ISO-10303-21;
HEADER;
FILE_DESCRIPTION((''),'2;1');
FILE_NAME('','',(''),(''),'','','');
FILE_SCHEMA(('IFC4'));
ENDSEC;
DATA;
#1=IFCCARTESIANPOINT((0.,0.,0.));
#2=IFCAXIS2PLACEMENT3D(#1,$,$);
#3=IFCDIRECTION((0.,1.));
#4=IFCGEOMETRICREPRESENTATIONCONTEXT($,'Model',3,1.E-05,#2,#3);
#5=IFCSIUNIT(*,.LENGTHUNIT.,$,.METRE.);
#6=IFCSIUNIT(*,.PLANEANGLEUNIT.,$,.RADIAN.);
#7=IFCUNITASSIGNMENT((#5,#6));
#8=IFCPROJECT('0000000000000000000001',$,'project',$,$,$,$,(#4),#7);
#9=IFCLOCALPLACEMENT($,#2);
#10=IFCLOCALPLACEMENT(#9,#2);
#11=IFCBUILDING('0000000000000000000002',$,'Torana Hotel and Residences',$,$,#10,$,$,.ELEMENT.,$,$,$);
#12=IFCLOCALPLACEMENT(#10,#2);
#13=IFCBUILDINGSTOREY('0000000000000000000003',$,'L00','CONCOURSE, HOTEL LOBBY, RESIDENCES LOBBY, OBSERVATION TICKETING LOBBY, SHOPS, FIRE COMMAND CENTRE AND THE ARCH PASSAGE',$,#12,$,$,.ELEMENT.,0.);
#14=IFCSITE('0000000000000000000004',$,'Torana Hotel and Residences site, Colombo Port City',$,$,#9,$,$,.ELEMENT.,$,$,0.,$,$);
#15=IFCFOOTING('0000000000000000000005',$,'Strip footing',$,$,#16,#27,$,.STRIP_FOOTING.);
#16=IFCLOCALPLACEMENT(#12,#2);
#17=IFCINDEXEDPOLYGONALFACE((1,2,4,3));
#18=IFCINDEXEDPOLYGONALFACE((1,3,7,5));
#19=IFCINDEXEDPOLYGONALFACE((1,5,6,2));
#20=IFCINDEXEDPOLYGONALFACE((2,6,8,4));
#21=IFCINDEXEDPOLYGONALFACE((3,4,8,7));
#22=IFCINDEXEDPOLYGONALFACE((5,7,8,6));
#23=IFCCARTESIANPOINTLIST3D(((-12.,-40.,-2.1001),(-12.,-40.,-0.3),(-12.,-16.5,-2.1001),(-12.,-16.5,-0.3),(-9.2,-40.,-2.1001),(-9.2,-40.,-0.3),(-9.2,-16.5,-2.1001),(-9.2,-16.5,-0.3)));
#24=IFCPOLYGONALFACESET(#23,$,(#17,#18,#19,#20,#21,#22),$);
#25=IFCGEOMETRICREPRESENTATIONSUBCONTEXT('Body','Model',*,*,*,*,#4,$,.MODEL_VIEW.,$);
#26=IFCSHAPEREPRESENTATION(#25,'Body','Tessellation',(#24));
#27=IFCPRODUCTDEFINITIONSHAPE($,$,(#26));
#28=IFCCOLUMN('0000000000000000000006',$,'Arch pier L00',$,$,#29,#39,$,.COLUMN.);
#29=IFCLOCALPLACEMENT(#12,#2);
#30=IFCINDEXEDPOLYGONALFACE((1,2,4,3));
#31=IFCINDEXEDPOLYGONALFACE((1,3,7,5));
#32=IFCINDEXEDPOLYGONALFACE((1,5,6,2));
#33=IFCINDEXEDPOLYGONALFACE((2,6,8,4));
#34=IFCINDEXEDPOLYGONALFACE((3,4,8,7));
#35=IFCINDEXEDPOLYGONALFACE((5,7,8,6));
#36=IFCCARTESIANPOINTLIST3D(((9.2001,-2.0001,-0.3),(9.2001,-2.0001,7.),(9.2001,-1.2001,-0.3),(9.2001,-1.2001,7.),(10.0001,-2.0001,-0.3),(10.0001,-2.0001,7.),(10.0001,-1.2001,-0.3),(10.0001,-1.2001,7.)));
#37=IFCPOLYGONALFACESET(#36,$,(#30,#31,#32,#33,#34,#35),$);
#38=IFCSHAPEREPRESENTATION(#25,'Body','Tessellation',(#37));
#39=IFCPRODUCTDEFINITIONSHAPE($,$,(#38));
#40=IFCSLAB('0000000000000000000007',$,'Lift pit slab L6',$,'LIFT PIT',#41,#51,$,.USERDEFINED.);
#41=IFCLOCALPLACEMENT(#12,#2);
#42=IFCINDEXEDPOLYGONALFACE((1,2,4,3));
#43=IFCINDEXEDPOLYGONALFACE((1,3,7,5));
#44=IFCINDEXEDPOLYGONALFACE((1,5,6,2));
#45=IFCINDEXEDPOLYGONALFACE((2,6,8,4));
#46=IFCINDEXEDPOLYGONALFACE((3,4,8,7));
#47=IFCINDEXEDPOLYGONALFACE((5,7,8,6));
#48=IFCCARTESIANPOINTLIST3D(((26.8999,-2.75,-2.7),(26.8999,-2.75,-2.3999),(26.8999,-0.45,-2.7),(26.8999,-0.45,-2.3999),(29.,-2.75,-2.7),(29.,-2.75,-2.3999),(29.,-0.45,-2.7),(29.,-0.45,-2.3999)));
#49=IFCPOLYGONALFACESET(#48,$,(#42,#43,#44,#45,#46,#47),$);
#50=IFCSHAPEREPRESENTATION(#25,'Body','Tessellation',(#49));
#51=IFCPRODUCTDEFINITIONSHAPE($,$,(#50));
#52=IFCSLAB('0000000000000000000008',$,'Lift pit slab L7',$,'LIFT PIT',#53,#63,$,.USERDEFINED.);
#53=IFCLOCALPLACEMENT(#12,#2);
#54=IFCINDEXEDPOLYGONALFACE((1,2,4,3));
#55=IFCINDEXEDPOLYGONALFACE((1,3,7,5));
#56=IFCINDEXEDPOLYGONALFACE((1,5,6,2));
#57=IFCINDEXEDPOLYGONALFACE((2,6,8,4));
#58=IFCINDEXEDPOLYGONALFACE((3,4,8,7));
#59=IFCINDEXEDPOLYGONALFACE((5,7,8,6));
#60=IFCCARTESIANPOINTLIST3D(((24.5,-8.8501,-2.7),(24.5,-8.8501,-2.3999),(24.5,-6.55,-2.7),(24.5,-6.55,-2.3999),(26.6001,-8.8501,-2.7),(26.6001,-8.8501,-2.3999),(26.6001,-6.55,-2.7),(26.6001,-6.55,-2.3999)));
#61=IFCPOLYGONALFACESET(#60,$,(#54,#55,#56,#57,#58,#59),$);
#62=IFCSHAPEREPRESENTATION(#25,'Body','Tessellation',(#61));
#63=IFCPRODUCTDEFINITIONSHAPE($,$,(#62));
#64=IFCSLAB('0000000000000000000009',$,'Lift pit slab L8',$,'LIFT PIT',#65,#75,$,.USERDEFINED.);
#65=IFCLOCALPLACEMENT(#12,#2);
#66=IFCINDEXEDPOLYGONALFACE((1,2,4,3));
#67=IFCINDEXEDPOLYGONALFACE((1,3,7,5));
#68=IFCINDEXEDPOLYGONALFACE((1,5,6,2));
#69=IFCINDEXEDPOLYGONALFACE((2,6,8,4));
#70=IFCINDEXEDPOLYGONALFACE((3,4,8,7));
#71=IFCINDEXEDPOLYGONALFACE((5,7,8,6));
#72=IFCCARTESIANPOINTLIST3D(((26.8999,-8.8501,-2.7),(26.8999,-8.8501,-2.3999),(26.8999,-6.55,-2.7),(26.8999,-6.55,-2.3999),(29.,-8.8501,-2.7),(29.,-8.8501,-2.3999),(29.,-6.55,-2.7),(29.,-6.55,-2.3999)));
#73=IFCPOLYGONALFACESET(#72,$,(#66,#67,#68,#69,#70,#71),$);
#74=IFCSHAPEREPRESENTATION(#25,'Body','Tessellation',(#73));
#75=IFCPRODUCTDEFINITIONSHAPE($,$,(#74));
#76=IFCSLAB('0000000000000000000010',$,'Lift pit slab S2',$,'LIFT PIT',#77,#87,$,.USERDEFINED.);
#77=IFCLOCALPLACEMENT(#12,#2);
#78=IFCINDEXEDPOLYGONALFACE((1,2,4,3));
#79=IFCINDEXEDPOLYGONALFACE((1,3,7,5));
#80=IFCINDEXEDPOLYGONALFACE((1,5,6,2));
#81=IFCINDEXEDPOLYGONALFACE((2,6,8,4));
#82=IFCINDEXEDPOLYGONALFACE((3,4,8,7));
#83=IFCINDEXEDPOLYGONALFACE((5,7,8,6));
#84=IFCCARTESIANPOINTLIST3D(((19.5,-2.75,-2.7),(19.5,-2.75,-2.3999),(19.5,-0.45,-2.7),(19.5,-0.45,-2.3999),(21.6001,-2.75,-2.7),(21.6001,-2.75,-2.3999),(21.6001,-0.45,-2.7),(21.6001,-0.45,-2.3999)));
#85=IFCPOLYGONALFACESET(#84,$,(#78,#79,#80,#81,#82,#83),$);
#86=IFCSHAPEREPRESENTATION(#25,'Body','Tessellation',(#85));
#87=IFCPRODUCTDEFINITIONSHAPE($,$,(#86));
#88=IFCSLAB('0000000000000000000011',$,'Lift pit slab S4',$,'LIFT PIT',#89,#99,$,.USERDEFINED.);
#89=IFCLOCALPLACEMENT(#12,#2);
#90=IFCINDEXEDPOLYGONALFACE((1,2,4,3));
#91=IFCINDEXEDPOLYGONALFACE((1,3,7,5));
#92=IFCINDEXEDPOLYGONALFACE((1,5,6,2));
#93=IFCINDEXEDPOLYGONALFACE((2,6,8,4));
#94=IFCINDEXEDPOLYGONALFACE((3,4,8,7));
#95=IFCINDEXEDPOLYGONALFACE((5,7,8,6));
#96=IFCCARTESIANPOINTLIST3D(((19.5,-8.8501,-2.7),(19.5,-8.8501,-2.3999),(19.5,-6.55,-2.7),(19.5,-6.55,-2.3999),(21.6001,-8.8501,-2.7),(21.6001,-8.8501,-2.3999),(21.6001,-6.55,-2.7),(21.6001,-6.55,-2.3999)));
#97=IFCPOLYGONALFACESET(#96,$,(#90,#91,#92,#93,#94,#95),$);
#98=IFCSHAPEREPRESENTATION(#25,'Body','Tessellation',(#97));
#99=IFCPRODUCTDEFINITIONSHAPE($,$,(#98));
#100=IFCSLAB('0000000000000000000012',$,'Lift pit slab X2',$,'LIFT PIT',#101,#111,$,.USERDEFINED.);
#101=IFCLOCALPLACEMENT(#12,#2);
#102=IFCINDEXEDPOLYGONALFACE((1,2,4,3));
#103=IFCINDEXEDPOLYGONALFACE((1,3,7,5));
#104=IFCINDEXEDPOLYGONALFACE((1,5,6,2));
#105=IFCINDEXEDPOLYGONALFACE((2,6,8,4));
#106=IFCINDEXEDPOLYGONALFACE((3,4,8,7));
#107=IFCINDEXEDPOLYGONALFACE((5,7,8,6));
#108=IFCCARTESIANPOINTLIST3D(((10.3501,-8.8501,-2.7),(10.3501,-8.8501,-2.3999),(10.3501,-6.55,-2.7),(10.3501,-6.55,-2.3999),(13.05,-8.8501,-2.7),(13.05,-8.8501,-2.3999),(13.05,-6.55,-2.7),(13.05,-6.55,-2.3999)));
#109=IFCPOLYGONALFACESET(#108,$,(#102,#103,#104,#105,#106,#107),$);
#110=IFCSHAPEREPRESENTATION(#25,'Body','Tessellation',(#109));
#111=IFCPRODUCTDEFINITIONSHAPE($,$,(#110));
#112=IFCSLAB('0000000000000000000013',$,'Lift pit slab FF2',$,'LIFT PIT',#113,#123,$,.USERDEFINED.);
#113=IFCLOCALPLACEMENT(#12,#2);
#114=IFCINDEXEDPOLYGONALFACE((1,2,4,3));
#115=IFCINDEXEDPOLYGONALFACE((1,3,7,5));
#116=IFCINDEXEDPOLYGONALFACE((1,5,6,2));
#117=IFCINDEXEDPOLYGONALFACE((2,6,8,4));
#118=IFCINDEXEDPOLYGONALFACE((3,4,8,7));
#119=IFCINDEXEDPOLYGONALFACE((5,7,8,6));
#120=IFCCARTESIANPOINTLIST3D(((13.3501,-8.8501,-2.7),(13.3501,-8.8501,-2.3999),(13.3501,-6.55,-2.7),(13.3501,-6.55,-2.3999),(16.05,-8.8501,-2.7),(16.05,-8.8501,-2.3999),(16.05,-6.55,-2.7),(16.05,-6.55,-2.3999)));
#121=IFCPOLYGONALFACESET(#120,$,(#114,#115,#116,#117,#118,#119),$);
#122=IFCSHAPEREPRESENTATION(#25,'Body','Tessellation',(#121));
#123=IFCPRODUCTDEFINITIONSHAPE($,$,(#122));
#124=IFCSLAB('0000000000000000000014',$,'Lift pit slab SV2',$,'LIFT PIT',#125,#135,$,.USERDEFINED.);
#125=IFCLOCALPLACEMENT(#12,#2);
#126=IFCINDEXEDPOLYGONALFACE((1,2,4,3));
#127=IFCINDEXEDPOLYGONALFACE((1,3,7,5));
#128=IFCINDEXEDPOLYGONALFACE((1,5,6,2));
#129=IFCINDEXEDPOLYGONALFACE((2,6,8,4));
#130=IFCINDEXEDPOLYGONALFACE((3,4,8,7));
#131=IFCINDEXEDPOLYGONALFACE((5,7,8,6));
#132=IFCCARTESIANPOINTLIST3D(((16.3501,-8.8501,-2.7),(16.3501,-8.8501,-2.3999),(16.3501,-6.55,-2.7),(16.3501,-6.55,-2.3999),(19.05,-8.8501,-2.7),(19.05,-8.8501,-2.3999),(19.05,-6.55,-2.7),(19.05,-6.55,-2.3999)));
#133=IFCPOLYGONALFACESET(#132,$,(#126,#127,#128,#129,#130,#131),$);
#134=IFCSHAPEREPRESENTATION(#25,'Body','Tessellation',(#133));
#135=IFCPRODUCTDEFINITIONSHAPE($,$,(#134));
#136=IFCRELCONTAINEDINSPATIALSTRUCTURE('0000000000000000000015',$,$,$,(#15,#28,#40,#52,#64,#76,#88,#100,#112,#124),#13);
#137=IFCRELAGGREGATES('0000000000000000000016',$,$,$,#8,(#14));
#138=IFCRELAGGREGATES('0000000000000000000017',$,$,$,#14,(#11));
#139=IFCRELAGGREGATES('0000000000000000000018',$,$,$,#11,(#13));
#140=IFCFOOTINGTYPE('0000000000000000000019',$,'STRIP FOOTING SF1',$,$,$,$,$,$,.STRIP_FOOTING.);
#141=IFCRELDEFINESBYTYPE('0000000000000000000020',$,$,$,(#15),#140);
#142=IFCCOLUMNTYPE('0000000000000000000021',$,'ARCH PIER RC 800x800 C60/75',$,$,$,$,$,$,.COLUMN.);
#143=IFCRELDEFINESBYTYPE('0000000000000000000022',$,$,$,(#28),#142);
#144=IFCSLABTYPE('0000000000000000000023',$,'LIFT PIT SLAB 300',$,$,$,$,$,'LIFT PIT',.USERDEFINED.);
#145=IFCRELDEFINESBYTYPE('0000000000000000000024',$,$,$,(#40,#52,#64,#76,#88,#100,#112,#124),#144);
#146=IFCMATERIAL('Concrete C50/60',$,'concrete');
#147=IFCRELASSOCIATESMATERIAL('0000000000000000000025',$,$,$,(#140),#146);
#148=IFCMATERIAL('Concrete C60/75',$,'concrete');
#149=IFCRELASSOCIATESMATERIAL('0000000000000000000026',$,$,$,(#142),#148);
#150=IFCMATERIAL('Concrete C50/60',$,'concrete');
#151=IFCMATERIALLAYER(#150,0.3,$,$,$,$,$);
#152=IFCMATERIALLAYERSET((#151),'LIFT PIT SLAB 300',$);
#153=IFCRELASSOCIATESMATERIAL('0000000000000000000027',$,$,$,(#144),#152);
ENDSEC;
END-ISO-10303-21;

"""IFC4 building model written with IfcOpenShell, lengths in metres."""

from ifc_helpers import new_model, si_unit, direction, frame, origin, origin_2d, place, context, subcontext, project, spatial, polyline, rectangle, outline, extrude, material, layer, layer_set, material_profile, profile_set, type_object, element, save


model = new_model("IFC4")

# Units and contexts
model_context = context("Model", 3, precision=1e-05, world=origin(), true_north=direction((0.0, 1.0)))
body_context = subcontext(model_context, "Body", "Model", "MODEL_VIEW")
ifc_project = project(units=[si_unit("LENGTHUNIT", "METRE"), si_unit("PLANEANGLEUNIT", "RADIAN")], contexts=[model_context])

# Site, building, storey
site_placement = place(None, origin())
site = spatial("IfcSite", under=ifc_project, at=site_placement, Name="Torana Hotel and Residences site, Colombo Port City", CompositionType="ELEMENT", RefElevation=0.0)
building_placement = place(site_placement, origin())
building = spatial("IfcBuilding", under=site, at=building_placement, Name="Torana Hotel and Residences", CompositionType="ELEMENT")
storey_placement = place(building_placement, origin())
storey = spatial("IfcBuildingStorey", under=building, at=storey_placement, Name="L00", Description="CONCOURSE, HOTEL LOBBY, RESIDENCES LOBBY, OBSERVATION TICKETING LOBBY, SHOPS, FIRE COMMAND CENTRE AND THE ARCH PASSAGE", CompositionType="ELEMENT", Elevation=0.0)

# Footing
ifc_material_1 = material(Name="Concrete C50/60", Category="concrete")
footing_type = type_object("IfcFootingType", Name="STRIP FOOTING SF1", PredefinedType="STRIP_FOOTING", material=ifc_material_1)
footing_placement = place(storey_placement, frame((0.0, 0.0, -2.1001)))
element("IfcFooting", 1, at=footing_placement, inside=storey, type_object=footing_type, Name="Strip footing", PredefinedType="STRIP_FOOTING", context=body_context, shape_type="SweptSolid", body=[
    extrude(outline(polyline([(-12.0, -40.0), (-9.2, -40.0), (-9.2, -16.5), (-12.0, -16.5), (-12.0, -40.0)])), origin(), (0.0, 0.0, 1.0), 1.8),
])

# Column
ifc_material_2 = material(Name="Concrete C60/75", Category="concrete")
ifc_material_profile = material_profile(ifc_material_2, rectangle(XDim=0.8, YDim=0.8, at=origin_2d()), Name="RC 800x800")
ifc_profile_set = profile_set([ifc_material_profile], Name="Concrete C60/75")
column_type = type_object("IfcColumnType", Name="ARCH PIER RC 800x800 C60/75", PredefinedType="COLUMN", material=ifc_profile_set)
column_placement = place(storey_placement, frame((9.6001, -1.6001, -0.3), z_axis=(0.0, 0.0, 1.0), x_axis=(1.0, 0.0, 0.0)))
element("IfcColumn", 2, at=column_placement, inside=storey, type_object=column_type, Name="Arch pier L00", PredefinedType="COLUMN", context=body_context, shape_type="SweptSolid", body=[
    extrude(rectangle(XDim=0.8, YDim=0.8, at=origin_2d()), origin(), (0.0, 0.0, 1.0), 7.3),
])

# Slabs
ifc_material_3 = material(Name="Concrete C50/60", Category="concrete")
ifc_layer_1 = layer(ifc_material_3, 0.3)
ifc_layer_set_1 = layer_set([ifc_layer_1], Name="LIFT PIT SLAB 300")
slab_type = type_object("IfcSlabType", Name="LIFT PIT SLAB 300", ElementType="LIFT PIT", PredefinedType="USERDEFINED", material=ifc_layer_set_1)
slab_1_placement = place(storey_placement, frame((0.0, 0.0, -2.7)))
element("IfcSlab", 3, at=slab_1_placement, inside=storey, type_object=slab_type, Name="Lift pit slab L6", ObjectType="LIFT PIT", PredefinedType="USERDEFINED", context=body_context, shape_type="SweptSolid", body=[
    extrude(outline(polyline([(26.8999, -2.75), (29.0, -2.75), (29.0, -0.45), (26.8999, -0.45), (26.8999, -2.75)])), origin(), (0.0, 0.0, 1.0), 0.3),
])
slab_2_placement = place(storey_placement, frame((0.0, 0.0, -2.7)))
element("IfcSlab", 4, at=slab_2_placement, inside=storey, type_object=slab_type, Name="Lift pit slab L7", ObjectType="LIFT PIT", PredefinedType="USERDEFINED", context=body_context, shape_type="SweptSolid", body=[
    extrude(outline(polyline([(24.5, -8.8501), (26.6001, -8.8501), (26.6001, -6.55), (24.5, -6.55), (24.5, -8.8501)])), origin(), (0.0, 0.0, 1.0), 0.3),
])
slab_3_placement = place(storey_placement, frame((0.0, 0.0, -2.7)))
element("IfcSlab", 5, at=slab_3_placement, inside=storey, type_object=slab_type, Name="Lift pit slab L8", ObjectType="LIFT PIT", PredefinedType="USERDEFINED", context=body_context, shape_type="SweptSolid", body=[
    extrude(outline(polyline([(26.8999, -8.8501), (29.0, -8.8501), (29.0, -6.55), (26.8999, -6.55), (26.8999, -8.8501)])), origin(), (0.0, 0.0, 1.0), 0.3),
])
slab_4_placement = place(storey_placement, frame((0.0, 0.0, -2.7)))
element("IfcSlab", 6, at=slab_4_placement, inside=storey, type_object=slab_type, Name="Lift pit slab S2", ObjectType="LIFT PIT", PredefinedType="USERDEFINED", context=body_context, shape_type="SweptSolid", body=[
    extrude(outline(polyline([(19.5, -2.75), (21.6001, -2.75), (21.6001, -0.45), (19.5, -0.45), (19.5, -2.75)])), origin(), (0.0, 0.0, 1.0), 0.3),
])
slab_5_placement = place(storey_placement, frame((0.0, 0.0, -2.7)))
element("IfcSlab", 7, at=slab_5_placement, inside=storey, type_object=slab_type, Name="Lift pit slab S4", ObjectType="LIFT PIT", PredefinedType="USERDEFINED", context=body_context, shape_type="SweptSolid", body=[
    extrude(outline(polyline([(19.5, -8.8501), (21.6001, -8.8501), (21.6001, -6.55), (19.5, -6.55), (19.5, -8.8501)])), origin(), (0.0, 0.0, 1.0), 0.3),
])
slab_6_placement = place(storey_placement, frame((0.0, 0.0, -2.7)))
element("IfcSlab", 8, at=slab_6_placement, inside=storey, type_object=slab_type, Name="Lift pit slab X2", ObjectType="LIFT PIT", PredefinedType="USERDEFINED", context=body_context, shape_type="SweptSolid", body=[
    extrude(outline(polyline([(10.3501, -8.8501), (13.05, -8.8501), (13.05, -6.55), (10.3501, -6.55), (10.3501, -8.8501)])), origin(), (0.0, 0.0, 1.0), 0.3),
])
slab_7_placement = place(storey_placement, frame((0.0, 0.0, -2.7)))
element("IfcSlab", 9, at=slab_7_placement, inside=storey, type_object=slab_type, Name="Lift pit slab FF2", ObjectType="LIFT PIT", PredefinedType="USERDEFINED", context=body_context, shape_type="SweptSolid", body=[
    extrude(outline(polyline([(13.3501, -8.8501), (16.05, -8.8501), (16.05, -6.55), (13.3501, -6.55), (13.3501, -8.8501)])), origin(), (0.0, 0.0, 1.0), 0.3),
])
slab_8_placement = place(storey_placement, frame((0.0, 0.0, -2.7)))
element("IfcSlab", 10, at=slab_8_placement, inside=storey, type_object=slab_type, Name="Lift pit slab SV2", ObjectType="LIFT PIT", PredefinedType="USERDEFINED", context=body_context, shape_type="SweptSolid", body=[
    extrude(outline(polyline([(16.3501, -8.8501), (19.05, -8.8501), (19.05, -6.55), (16.3501, -6.55), (16.3501, -8.8501)])), origin(), (0.0, 0.0, 1.0), 0.3),
])

save(model, "model.ifc")
